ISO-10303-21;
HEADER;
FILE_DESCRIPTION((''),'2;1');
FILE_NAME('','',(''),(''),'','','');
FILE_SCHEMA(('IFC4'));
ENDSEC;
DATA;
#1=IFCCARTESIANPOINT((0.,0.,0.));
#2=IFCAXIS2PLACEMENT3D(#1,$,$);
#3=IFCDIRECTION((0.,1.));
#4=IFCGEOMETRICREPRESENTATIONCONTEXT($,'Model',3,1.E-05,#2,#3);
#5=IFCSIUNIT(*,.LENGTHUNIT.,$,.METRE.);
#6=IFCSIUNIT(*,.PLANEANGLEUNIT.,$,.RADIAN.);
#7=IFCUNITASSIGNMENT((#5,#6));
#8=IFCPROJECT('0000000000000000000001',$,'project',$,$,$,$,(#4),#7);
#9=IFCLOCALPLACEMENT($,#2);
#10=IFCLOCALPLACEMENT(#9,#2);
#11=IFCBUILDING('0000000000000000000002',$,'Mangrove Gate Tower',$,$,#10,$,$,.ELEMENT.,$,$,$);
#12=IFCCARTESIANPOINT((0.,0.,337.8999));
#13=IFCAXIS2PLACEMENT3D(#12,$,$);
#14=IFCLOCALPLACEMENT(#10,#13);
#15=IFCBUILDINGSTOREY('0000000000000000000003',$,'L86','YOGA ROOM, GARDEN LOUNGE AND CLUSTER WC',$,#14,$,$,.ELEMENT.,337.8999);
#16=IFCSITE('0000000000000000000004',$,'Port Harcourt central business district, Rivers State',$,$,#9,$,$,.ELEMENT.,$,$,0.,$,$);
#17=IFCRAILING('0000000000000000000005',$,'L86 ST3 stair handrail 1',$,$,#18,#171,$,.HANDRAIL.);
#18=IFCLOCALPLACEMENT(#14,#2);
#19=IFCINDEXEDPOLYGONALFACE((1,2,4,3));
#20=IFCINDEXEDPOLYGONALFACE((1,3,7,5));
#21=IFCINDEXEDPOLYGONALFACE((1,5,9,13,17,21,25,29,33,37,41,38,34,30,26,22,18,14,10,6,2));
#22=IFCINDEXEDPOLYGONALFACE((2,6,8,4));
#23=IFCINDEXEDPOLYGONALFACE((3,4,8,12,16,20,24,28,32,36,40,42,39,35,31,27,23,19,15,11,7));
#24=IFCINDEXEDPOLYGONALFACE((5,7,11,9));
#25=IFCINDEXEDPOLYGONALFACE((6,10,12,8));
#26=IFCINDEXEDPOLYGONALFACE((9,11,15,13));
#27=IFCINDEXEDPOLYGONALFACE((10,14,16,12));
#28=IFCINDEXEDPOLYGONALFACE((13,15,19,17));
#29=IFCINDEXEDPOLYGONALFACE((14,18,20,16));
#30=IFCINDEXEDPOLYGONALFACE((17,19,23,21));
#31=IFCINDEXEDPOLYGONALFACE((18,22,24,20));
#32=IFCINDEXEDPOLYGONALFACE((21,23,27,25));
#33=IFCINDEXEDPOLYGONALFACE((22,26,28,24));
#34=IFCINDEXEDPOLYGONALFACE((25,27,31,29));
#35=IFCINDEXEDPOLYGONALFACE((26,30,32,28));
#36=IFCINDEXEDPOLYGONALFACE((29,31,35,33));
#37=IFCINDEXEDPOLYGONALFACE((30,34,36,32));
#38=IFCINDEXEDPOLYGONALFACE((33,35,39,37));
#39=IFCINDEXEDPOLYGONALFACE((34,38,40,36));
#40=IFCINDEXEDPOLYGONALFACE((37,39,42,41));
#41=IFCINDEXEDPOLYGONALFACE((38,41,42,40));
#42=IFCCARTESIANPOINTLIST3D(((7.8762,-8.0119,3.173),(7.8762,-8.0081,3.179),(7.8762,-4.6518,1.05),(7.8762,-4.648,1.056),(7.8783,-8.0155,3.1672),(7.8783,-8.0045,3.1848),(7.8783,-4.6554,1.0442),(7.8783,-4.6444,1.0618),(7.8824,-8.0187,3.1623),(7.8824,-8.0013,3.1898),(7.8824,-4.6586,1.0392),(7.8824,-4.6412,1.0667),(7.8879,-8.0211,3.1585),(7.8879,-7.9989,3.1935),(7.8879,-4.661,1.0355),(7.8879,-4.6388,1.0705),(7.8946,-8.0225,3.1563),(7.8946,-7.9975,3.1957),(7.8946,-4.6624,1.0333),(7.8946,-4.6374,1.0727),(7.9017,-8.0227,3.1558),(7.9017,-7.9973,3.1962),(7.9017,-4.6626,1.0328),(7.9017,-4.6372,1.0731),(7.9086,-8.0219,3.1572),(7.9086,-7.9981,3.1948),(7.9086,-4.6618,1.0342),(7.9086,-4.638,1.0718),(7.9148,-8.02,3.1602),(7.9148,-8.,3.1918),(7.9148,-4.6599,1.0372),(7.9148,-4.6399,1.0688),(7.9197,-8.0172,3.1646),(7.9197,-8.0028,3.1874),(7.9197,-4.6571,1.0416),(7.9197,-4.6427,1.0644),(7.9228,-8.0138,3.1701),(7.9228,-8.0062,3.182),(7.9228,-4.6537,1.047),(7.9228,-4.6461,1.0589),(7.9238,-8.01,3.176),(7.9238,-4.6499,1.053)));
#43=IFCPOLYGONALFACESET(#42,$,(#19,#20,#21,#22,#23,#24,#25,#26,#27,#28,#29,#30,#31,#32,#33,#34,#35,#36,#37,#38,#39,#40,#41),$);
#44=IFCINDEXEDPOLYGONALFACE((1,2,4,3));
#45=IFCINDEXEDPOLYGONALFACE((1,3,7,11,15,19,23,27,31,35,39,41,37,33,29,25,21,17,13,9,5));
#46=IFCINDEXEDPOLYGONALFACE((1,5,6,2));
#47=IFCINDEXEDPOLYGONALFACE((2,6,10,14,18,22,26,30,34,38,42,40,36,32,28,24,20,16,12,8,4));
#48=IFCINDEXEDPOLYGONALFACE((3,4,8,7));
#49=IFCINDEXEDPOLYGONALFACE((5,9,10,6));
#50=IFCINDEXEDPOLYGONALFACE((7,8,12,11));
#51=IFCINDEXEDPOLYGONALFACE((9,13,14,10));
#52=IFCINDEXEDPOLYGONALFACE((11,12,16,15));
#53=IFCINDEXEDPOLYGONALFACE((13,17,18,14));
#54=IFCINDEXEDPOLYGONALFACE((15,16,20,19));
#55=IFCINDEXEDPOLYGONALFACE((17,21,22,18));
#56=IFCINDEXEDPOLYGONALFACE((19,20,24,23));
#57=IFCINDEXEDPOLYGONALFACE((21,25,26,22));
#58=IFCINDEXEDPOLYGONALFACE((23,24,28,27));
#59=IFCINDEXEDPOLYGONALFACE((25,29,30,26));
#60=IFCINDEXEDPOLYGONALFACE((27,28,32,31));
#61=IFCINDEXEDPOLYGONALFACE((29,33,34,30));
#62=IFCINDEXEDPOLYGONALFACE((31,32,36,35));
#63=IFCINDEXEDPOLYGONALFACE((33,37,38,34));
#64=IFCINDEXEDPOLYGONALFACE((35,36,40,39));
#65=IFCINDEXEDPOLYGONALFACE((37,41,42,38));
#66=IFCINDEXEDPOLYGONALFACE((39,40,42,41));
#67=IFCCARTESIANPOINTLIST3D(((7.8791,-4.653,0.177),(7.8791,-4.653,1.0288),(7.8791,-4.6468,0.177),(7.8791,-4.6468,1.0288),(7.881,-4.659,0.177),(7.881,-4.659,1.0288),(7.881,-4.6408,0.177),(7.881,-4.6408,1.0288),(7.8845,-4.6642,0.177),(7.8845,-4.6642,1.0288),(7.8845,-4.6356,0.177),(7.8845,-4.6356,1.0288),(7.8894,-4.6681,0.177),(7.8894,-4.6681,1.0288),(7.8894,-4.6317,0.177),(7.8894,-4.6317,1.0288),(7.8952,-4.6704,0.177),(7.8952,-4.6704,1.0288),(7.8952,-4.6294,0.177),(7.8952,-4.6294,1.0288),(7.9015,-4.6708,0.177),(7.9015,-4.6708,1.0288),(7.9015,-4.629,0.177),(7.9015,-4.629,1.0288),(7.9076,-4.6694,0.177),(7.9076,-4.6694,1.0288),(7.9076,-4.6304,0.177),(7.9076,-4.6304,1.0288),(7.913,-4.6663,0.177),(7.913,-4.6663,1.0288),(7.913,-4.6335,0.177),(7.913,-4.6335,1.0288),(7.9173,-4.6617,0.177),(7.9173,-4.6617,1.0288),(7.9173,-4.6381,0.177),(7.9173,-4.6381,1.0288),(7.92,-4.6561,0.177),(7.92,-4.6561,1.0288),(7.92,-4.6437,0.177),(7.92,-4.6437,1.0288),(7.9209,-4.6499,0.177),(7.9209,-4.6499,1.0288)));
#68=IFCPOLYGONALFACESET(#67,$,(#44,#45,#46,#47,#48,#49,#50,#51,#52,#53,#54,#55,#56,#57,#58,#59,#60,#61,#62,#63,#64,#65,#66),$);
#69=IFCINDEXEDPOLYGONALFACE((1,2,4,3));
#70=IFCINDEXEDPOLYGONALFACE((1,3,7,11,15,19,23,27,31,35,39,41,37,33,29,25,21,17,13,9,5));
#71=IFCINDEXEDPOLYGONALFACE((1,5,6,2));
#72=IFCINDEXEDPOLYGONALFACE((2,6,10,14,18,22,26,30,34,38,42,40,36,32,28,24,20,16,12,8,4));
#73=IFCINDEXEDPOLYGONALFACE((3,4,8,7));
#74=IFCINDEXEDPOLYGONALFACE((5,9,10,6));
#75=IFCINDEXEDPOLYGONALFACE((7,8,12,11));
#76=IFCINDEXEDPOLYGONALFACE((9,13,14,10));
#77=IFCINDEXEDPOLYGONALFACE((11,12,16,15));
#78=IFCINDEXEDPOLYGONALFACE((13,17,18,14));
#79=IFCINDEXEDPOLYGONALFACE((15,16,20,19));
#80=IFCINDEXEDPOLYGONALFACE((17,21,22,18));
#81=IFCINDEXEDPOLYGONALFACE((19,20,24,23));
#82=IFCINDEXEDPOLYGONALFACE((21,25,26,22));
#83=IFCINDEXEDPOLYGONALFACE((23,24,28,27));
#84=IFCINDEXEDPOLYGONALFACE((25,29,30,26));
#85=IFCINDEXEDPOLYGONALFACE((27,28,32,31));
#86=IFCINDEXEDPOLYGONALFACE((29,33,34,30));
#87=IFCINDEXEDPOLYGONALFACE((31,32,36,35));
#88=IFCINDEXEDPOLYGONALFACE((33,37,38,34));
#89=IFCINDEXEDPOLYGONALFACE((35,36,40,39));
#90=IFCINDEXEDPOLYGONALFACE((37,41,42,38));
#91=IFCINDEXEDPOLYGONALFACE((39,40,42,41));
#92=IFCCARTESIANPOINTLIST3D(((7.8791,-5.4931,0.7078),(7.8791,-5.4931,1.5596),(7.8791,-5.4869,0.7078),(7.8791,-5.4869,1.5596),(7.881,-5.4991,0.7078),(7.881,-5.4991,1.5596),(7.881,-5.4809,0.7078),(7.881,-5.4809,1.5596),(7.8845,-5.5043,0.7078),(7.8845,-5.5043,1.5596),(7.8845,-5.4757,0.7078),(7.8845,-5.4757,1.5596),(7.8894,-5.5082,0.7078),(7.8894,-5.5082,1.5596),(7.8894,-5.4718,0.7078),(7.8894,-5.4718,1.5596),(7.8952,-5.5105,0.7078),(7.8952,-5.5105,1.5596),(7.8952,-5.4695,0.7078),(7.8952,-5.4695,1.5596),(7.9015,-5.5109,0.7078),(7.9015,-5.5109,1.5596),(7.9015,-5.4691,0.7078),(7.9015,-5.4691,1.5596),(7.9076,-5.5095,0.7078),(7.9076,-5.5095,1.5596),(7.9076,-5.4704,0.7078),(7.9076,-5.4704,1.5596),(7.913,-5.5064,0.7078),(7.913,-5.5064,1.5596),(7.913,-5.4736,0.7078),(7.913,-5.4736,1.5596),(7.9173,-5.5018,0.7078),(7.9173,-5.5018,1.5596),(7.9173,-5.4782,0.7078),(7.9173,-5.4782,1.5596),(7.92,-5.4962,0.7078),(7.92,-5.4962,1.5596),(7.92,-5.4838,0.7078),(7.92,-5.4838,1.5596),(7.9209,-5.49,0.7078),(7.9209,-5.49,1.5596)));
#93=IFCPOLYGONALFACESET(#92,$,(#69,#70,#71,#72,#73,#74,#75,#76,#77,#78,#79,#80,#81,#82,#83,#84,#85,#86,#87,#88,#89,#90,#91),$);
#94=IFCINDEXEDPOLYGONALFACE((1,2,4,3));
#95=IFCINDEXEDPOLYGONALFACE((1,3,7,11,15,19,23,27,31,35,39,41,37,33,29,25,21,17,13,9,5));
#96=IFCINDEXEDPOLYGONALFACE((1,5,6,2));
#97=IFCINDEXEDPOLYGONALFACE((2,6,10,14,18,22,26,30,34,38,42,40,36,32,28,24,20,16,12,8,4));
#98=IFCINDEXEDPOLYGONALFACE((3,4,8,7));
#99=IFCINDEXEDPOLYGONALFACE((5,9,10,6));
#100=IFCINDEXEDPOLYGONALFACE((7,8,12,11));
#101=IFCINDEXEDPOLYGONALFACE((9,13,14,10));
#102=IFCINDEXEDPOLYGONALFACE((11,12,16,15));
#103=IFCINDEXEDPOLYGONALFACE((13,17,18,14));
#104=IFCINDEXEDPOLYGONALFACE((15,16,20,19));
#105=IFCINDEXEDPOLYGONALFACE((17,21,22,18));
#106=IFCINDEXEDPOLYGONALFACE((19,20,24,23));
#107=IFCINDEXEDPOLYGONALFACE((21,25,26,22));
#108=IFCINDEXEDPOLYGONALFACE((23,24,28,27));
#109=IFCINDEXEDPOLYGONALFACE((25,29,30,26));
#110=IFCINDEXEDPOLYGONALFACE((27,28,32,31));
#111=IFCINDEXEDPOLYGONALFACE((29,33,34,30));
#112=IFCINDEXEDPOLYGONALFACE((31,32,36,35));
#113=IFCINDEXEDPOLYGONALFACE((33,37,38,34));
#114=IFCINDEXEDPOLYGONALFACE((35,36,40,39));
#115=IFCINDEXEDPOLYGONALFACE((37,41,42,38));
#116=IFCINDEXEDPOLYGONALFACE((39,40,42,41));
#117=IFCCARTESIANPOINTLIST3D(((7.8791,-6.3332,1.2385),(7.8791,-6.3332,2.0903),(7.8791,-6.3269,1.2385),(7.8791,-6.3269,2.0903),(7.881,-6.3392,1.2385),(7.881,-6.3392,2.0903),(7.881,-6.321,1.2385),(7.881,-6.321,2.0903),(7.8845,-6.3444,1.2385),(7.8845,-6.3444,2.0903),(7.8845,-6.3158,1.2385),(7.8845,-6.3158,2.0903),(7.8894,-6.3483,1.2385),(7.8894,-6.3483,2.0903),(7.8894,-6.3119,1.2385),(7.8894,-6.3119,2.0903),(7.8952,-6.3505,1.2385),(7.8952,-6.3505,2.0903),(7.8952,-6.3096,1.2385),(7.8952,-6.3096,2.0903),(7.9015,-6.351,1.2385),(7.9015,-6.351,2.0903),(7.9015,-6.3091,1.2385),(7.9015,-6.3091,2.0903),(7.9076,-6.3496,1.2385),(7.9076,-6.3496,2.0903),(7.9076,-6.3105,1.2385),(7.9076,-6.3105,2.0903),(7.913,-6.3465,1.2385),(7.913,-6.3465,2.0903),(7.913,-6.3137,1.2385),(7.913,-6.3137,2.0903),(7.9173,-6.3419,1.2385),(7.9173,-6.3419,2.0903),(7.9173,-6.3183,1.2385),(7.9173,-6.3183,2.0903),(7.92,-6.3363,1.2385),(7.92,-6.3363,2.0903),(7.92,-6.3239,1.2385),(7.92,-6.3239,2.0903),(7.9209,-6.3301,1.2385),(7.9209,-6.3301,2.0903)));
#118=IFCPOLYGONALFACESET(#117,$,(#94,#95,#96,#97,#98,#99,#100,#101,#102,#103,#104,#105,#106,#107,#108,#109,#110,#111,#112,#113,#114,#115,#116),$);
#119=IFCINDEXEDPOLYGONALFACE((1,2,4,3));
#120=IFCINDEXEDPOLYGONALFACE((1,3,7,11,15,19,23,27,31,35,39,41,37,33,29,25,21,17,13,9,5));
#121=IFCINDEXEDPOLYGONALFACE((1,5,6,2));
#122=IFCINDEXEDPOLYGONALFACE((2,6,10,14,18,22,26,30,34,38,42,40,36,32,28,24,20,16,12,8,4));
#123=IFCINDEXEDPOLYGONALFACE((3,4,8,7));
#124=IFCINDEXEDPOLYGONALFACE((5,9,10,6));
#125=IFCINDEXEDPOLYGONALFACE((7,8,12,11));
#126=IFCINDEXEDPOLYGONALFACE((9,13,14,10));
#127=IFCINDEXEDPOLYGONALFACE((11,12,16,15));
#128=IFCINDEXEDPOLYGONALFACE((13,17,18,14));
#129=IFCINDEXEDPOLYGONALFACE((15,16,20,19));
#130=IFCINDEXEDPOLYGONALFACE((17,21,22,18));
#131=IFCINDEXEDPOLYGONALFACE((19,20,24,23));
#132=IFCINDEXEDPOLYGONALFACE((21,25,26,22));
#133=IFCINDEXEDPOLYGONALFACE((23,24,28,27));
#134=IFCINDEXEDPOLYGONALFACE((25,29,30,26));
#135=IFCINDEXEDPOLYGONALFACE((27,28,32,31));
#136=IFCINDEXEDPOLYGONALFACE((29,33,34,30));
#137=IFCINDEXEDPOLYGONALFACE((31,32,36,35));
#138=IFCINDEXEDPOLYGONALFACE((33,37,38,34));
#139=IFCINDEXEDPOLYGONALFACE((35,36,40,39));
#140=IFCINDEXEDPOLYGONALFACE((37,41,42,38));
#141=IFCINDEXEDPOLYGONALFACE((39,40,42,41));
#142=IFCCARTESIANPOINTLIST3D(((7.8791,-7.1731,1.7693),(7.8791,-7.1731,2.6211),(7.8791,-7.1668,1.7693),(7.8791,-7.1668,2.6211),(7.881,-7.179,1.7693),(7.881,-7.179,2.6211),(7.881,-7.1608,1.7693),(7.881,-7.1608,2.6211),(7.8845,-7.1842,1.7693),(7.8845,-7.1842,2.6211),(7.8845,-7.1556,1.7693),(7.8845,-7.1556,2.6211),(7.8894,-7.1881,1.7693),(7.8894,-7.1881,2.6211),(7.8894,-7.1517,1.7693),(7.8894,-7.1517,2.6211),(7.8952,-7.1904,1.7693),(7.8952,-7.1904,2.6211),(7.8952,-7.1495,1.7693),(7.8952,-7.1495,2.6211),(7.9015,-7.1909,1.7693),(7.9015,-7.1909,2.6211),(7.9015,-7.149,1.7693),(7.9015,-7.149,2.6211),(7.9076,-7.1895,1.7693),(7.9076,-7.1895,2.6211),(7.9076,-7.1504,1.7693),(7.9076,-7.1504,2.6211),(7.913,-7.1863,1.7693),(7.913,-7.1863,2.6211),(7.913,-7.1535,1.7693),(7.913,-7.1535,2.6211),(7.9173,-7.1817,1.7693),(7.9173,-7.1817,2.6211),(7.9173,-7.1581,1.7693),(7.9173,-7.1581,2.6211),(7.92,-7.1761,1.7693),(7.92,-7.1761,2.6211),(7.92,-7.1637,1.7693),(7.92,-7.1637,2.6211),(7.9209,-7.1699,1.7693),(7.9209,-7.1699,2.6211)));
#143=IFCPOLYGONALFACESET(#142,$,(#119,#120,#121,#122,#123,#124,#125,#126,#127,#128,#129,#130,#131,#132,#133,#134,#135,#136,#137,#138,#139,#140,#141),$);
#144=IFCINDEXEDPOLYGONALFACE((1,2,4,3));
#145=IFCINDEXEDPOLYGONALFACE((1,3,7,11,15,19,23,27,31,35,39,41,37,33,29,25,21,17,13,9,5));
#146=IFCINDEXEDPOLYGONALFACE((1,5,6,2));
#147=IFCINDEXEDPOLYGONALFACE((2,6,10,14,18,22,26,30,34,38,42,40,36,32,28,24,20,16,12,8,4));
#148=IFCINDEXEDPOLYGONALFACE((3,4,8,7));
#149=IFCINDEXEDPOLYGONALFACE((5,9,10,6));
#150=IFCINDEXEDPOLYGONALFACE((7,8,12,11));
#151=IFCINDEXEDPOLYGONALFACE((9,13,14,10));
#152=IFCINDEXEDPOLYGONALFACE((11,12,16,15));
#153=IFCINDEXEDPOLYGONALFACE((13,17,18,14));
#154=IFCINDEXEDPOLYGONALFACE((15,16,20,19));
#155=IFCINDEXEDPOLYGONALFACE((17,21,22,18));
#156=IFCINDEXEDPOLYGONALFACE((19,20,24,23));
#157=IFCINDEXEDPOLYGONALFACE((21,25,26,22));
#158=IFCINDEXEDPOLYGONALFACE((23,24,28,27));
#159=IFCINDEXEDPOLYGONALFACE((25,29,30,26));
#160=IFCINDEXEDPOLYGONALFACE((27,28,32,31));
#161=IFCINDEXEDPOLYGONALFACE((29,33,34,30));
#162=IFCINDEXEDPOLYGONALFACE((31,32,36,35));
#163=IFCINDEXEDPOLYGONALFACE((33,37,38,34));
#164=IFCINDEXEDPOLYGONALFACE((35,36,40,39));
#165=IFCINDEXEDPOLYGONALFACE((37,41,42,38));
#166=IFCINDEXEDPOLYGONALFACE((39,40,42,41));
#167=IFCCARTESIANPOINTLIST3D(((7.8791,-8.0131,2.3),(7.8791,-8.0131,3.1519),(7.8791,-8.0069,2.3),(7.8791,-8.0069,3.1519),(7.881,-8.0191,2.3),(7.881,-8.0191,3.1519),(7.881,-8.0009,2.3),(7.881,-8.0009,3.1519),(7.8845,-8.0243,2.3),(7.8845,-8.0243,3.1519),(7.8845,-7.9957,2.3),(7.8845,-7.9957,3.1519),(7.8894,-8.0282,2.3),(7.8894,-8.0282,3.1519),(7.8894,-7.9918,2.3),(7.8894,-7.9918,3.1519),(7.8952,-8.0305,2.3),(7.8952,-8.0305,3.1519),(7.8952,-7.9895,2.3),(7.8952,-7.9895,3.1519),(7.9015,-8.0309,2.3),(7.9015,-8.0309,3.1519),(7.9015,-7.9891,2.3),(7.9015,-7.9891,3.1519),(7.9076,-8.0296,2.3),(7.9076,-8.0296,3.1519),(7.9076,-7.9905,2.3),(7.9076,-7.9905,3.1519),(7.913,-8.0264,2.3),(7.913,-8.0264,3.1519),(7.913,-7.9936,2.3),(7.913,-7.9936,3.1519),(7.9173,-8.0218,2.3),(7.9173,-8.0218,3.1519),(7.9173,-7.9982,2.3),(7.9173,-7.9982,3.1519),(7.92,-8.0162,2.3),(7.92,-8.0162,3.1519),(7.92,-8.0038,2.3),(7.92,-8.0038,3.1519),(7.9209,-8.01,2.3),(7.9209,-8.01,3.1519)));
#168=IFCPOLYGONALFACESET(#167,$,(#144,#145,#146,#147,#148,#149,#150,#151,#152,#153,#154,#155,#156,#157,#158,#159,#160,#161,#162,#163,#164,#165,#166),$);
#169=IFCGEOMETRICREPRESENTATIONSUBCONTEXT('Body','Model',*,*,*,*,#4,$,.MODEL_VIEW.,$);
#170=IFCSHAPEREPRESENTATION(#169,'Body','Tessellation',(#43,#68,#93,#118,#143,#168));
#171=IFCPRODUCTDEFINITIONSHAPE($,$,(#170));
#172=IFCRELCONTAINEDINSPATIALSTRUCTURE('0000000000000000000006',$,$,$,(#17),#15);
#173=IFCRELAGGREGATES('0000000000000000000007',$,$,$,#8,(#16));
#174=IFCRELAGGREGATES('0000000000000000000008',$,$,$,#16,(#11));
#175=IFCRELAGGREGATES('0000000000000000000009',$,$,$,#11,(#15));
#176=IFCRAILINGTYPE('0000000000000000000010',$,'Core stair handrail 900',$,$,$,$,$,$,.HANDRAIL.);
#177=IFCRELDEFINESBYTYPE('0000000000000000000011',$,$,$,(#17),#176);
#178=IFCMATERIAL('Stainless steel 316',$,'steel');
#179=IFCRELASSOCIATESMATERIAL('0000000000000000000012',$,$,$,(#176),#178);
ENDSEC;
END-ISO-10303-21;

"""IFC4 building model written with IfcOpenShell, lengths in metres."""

from ifc_helpers import new_model, si_unit, direction, frame, origin, origin_2d, place, context, subcontext, project, spatial, circle, extrude, material, type_object, element, save


model = new_model("IFC4")

# Units and contexts
model_context = context("Model", 3, precision=1e-05, world=origin(), true_north=direction((0.0, 1.0)))
body_context = subcontext(model_context, "Body", "Model", "MODEL_VIEW")
ifc_project = project(units=[si_unit("LENGTHUNIT", "METRE"), si_unit("PLANEANGLEUNIT", "RADIAN")], contexts=[model_context])

# Site, building, storey
site_placement = place(None, origin())
site = spatial("IfcSite", under=ifc_project, at=site_placement, Name="Port Harcourt central business district, Rivers State", CompositionType="ELEMENT", RefElevation=0.0)
building_placement = place(site_placement, origin())
building = spatial("IfcBuilding", under=site, at=building_placement, Name="Mangrove Gate Tower", CompositionType="ELEMENT")
storey_placement = place(building_placement, frame((0.0, 0.0, 337.8999)))
storey = spatial("IfcBuildingStorey", under=building, at=storey_placement, Name="L86", Description="YOGA ROOM, GARDEN LOUNGE AND CLUSTER WC", CompositionType="ELEMENT", Elevation=337.8999)

# Railing
ifc_material_1 = material(Name="Stainless steel 316", Category="steel")
railing_type_1 = type_object("IfcRailingType", Name="Core stair handrail 900", PredefinedType="HANDRAIL", material=ifc_material_1)
railing_1_placement = place(storey_placement, frame((7.8999, -4.6499, 0.177)))
element("IfcRailing", 1, at=railing_1_placement, inside=storey, type_object=railing_type_1, Name="L86 ST3 stair handrail 1", PredefinedType="HANDRAIL", context=body_context, shape_type="SweptSolid", body=[
    extrude(circle(Radius=0.0239, at=origin_2d()), frame((0.0, 0.0, 0.876), z_axis=(0.0, -0.84539, 0.53415), x_axis=(1.0, 0.0, 0.0)), (0.0, 0.0, 1.0), 3.9746),
    extrude(circle(Radius=0.021, at=origin_2d()), origin(), (0.0, 0.0, 1.0), 0.8518),
    extrude(circle(Radius=0.021, at=origin_2d()), frame((0.0, -0.8401, 0.5308)), (0.0, 0.0, 1.0), 0.8518),
    extrude(circle(Radius=0.021, at=origin_2d()), frame((0.0, -1.6802, 1.0615)), (0.0, 0.0, 1.0), 0.8518),
    extrude(circle(Radius=0.021, at=origin_2d()), frame((0.0, -2.52, 1.5923)), (0.0, 0.0, 1.0), 0.8518),
    extrude(circle(Radius=0.021, at=origin_2d()), frame((0.0, -3.3601, 2.123)), (0.0, 0.0, 1.0), 0.8518),
])

save(model, "model.ifc")
